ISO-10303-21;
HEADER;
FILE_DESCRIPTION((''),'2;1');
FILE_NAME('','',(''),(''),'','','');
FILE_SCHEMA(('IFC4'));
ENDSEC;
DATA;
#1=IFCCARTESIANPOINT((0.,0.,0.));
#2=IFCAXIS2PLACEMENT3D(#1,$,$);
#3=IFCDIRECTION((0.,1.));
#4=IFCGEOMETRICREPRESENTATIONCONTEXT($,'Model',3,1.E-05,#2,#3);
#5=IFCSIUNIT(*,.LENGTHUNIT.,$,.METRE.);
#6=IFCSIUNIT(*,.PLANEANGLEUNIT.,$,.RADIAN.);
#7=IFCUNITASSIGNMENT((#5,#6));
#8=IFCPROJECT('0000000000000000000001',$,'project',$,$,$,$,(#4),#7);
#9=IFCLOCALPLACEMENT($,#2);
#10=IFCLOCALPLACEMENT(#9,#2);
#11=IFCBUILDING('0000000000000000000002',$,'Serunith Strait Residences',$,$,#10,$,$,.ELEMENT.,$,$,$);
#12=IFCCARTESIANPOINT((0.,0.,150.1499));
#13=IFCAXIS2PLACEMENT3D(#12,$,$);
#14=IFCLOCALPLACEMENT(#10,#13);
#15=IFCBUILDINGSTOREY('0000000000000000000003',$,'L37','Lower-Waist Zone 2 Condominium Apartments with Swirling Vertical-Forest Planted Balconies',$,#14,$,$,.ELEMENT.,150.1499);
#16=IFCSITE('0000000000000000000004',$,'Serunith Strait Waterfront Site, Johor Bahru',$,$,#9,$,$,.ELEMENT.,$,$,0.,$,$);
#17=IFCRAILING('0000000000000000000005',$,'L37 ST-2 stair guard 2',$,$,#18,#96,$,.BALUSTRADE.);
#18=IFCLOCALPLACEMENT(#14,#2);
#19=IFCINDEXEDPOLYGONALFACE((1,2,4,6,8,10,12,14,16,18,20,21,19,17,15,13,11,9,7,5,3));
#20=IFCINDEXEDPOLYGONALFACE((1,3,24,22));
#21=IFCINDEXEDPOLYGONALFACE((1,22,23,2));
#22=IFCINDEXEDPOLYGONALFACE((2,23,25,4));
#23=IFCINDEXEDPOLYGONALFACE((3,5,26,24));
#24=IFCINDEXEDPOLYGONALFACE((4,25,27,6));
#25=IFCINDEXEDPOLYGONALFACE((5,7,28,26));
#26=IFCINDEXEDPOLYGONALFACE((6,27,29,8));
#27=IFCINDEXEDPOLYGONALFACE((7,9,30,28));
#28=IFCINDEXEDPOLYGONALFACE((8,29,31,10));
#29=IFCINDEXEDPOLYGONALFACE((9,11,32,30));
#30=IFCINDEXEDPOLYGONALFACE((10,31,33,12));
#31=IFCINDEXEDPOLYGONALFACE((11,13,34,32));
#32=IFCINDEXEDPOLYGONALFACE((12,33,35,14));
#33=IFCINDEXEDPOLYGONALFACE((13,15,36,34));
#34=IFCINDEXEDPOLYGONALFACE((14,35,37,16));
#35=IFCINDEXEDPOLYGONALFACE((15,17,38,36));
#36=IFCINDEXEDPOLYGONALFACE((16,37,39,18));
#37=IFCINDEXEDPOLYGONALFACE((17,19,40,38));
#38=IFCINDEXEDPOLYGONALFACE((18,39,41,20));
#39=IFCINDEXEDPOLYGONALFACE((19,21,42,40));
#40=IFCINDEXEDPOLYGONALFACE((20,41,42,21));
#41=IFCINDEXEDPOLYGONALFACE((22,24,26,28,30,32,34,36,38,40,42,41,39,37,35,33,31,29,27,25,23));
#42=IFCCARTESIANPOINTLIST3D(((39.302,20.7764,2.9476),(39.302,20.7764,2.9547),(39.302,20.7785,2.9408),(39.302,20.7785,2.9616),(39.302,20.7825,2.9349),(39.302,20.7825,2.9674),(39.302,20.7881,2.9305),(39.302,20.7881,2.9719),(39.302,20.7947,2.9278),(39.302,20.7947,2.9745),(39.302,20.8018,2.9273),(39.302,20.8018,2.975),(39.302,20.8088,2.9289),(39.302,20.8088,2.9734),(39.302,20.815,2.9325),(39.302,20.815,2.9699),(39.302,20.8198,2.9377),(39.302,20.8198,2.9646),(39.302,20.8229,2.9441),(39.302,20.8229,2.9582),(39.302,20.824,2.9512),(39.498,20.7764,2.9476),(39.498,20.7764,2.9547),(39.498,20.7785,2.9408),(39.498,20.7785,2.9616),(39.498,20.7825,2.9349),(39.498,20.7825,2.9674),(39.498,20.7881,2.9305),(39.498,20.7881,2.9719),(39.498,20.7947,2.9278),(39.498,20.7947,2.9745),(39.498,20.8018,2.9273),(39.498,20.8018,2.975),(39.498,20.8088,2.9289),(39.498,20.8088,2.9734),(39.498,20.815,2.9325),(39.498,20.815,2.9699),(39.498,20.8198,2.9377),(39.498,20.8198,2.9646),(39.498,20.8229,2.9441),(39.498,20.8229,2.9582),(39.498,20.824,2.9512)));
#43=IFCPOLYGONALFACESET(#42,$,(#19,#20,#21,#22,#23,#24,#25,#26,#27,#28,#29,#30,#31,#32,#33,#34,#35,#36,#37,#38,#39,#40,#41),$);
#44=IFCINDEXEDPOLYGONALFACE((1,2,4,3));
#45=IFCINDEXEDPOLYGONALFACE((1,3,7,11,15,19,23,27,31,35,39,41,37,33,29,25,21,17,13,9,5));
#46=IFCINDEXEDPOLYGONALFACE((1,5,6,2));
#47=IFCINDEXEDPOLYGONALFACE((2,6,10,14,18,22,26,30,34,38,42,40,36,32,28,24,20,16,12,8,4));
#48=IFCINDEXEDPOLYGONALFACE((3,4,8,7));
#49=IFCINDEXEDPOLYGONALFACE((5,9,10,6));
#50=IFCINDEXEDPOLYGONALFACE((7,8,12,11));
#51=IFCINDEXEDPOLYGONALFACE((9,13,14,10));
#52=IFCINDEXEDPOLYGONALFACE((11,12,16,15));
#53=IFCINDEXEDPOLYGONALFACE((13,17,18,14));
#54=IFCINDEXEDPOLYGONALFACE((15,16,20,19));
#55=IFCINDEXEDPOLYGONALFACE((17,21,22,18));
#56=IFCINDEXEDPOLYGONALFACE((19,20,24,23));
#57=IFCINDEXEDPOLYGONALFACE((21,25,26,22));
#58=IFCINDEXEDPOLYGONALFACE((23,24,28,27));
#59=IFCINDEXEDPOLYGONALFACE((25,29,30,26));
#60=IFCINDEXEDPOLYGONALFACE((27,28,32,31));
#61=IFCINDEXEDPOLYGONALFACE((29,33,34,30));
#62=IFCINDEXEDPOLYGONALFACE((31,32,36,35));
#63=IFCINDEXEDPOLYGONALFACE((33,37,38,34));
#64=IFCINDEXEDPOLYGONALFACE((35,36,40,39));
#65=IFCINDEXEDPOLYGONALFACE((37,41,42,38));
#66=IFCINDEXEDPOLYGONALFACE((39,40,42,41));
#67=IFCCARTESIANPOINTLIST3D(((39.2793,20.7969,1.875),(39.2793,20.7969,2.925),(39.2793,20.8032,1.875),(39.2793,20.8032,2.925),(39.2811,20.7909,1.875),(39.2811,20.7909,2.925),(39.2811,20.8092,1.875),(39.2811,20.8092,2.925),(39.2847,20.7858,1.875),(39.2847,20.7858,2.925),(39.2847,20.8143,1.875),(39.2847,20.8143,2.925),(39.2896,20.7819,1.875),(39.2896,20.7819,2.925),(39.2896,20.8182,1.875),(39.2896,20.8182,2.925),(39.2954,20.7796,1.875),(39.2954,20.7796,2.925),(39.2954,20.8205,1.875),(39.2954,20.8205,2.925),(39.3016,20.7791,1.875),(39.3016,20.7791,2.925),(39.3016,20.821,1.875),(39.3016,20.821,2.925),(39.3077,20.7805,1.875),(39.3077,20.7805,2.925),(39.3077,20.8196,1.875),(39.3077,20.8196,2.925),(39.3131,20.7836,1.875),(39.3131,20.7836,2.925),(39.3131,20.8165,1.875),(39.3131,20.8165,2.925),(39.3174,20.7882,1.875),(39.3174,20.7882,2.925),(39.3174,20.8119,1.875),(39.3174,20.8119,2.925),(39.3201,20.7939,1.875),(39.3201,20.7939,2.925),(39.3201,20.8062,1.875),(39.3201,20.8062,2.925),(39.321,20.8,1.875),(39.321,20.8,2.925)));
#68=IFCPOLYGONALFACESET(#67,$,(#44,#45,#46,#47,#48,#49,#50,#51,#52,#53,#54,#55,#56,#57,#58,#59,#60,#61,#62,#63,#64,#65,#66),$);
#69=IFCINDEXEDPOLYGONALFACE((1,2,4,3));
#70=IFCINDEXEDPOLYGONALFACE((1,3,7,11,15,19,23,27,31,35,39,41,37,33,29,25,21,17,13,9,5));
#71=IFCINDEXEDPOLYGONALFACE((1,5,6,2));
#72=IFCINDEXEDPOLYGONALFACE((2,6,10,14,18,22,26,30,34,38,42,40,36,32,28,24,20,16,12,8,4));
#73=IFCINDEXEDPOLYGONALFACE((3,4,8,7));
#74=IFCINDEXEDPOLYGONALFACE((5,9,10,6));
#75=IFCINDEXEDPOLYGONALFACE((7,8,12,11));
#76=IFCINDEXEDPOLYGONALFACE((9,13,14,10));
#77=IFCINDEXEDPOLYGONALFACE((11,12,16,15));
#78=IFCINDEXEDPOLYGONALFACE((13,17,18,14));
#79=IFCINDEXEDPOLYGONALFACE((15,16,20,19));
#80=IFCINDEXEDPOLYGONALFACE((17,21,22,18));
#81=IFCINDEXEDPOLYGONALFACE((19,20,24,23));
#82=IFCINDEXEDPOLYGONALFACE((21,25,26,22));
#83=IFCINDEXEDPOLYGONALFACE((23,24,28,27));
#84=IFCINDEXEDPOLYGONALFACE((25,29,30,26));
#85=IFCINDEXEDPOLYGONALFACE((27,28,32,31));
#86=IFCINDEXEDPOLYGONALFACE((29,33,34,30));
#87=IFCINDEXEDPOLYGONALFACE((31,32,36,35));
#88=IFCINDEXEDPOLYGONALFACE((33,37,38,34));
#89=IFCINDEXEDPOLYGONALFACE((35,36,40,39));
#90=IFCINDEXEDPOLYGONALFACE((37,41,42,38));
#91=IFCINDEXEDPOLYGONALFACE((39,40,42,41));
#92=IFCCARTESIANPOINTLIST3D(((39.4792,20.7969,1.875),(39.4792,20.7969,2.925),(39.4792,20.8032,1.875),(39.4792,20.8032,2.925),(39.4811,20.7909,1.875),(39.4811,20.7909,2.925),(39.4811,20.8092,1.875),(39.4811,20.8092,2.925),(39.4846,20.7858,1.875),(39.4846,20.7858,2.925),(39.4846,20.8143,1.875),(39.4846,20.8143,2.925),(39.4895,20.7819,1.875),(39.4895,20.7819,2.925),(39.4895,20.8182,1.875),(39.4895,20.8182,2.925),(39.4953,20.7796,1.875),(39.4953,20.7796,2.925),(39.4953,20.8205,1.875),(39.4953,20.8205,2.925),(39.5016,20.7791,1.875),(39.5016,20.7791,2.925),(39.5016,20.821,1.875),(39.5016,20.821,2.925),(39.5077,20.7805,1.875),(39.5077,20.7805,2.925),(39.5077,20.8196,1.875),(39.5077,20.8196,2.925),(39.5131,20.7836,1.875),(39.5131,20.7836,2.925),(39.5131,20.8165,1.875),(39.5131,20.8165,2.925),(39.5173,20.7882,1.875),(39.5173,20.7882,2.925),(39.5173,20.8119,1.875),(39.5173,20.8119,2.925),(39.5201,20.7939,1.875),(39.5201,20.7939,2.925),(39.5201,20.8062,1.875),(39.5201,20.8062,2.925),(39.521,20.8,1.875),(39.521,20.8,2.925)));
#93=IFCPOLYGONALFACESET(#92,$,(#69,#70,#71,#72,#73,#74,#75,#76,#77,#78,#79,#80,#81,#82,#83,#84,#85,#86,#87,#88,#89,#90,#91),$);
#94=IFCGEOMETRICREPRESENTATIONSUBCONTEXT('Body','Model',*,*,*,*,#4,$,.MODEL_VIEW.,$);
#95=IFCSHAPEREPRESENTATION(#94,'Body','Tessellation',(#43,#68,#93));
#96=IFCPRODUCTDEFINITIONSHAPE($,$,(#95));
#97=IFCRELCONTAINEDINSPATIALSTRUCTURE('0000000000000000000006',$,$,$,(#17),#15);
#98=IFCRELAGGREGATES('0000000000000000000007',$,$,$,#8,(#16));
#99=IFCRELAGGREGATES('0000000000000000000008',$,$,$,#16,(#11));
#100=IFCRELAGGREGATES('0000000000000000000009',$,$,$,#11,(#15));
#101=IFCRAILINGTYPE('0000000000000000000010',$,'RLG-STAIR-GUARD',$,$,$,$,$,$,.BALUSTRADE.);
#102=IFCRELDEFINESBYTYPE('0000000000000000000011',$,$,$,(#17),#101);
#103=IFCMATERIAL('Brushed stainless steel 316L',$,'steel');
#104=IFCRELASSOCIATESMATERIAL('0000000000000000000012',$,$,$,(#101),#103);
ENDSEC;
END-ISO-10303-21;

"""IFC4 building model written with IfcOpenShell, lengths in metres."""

from ifc_helpers import new_model, si_unit, direction, frame, origin, origin_2d, place, context, subcontext, project, spatial, circle, extrude, material, type_object, element, save


model = new_model("IFC4")

# Units and contexts
model_context = context("Model", 3, precision=1e-05, world=origin(), true_north=direction((0.0, 1.0)))
body_context = subcontext(model_context, "Body", "Model", "MODEL_VIEW")
ifc_project = project(units=[si_unit("LENGTHUNIT", "METRE"), si_unit("PLANEANGLEUNIT", "RADIAN")], contexts=[model_context])

# Site, building, storey
site_placement = place(None, origin())
site = spatial("IfcSite", under=ifc_project, at=site_placement, Name="Serunith Strait Waterfront Site, Johor Bahru", CompositionType="ELEMENT", RefElevation=0.0)
building_placement = place(site_placement, origin())
building = spatial("IfcBuilding", under=site, at=building_placement, Name="Serunith Strait Residences", CompositionType="ELEMENT")
storey_placement = place(building_placement, frame((0.0, 0.0, 150.1499)))
storey = spatial("IfcBuildingStorey", under=building, at=storey_placement, Name="L37", Description="Lower-Waist Zone 2 Condominium Apartments with Swirling Vertical-Forest Planted Balconies", CompositionType="ELEMENT", Elevation=150.1499)

# Railing
ifc_material_1 = material(Name="Brushed stainless steel 316L", Category="steel")
railing_type_1 = type_object("IfcRailingType", Name="RLG-STAIR-GUARD", PredefinedType="BALUSTRADE", material=ifc_material_1)
railing_1_placement = place(storey_placement, frame((39.3, 20.8, 1.875)))
element("IfcRailing", 1, at=railing_1_placement, inside=storey, type_object=railing_type_1, Name="L37 ST-2 stair guard 2", PredefinedType="BALUSTRADE", context=body_context, shape_type="SweptSolid", body=[
    extrude(circle(Radius=0.0239, at=origin_2d()), frame((0.002, 0.0, 1.0762), z_axis=(1.0, 0.0, 0.0), x_axis=(0.0, 1.0, 0.0)), (0.0, 0.0, 1.0), 0.196),
    extrude(circle(Radius=0.021, at=origin_2d()), origin(), (0.0, 0.0, 1.0), 1.05),
    extrude(circle(Radius=0.021, at=origin_2d()), frame((0.2, 0.0, 0.0)), (0.0, 0.0, 1.0), 1.05),
])

save(model, "model.ifc")
